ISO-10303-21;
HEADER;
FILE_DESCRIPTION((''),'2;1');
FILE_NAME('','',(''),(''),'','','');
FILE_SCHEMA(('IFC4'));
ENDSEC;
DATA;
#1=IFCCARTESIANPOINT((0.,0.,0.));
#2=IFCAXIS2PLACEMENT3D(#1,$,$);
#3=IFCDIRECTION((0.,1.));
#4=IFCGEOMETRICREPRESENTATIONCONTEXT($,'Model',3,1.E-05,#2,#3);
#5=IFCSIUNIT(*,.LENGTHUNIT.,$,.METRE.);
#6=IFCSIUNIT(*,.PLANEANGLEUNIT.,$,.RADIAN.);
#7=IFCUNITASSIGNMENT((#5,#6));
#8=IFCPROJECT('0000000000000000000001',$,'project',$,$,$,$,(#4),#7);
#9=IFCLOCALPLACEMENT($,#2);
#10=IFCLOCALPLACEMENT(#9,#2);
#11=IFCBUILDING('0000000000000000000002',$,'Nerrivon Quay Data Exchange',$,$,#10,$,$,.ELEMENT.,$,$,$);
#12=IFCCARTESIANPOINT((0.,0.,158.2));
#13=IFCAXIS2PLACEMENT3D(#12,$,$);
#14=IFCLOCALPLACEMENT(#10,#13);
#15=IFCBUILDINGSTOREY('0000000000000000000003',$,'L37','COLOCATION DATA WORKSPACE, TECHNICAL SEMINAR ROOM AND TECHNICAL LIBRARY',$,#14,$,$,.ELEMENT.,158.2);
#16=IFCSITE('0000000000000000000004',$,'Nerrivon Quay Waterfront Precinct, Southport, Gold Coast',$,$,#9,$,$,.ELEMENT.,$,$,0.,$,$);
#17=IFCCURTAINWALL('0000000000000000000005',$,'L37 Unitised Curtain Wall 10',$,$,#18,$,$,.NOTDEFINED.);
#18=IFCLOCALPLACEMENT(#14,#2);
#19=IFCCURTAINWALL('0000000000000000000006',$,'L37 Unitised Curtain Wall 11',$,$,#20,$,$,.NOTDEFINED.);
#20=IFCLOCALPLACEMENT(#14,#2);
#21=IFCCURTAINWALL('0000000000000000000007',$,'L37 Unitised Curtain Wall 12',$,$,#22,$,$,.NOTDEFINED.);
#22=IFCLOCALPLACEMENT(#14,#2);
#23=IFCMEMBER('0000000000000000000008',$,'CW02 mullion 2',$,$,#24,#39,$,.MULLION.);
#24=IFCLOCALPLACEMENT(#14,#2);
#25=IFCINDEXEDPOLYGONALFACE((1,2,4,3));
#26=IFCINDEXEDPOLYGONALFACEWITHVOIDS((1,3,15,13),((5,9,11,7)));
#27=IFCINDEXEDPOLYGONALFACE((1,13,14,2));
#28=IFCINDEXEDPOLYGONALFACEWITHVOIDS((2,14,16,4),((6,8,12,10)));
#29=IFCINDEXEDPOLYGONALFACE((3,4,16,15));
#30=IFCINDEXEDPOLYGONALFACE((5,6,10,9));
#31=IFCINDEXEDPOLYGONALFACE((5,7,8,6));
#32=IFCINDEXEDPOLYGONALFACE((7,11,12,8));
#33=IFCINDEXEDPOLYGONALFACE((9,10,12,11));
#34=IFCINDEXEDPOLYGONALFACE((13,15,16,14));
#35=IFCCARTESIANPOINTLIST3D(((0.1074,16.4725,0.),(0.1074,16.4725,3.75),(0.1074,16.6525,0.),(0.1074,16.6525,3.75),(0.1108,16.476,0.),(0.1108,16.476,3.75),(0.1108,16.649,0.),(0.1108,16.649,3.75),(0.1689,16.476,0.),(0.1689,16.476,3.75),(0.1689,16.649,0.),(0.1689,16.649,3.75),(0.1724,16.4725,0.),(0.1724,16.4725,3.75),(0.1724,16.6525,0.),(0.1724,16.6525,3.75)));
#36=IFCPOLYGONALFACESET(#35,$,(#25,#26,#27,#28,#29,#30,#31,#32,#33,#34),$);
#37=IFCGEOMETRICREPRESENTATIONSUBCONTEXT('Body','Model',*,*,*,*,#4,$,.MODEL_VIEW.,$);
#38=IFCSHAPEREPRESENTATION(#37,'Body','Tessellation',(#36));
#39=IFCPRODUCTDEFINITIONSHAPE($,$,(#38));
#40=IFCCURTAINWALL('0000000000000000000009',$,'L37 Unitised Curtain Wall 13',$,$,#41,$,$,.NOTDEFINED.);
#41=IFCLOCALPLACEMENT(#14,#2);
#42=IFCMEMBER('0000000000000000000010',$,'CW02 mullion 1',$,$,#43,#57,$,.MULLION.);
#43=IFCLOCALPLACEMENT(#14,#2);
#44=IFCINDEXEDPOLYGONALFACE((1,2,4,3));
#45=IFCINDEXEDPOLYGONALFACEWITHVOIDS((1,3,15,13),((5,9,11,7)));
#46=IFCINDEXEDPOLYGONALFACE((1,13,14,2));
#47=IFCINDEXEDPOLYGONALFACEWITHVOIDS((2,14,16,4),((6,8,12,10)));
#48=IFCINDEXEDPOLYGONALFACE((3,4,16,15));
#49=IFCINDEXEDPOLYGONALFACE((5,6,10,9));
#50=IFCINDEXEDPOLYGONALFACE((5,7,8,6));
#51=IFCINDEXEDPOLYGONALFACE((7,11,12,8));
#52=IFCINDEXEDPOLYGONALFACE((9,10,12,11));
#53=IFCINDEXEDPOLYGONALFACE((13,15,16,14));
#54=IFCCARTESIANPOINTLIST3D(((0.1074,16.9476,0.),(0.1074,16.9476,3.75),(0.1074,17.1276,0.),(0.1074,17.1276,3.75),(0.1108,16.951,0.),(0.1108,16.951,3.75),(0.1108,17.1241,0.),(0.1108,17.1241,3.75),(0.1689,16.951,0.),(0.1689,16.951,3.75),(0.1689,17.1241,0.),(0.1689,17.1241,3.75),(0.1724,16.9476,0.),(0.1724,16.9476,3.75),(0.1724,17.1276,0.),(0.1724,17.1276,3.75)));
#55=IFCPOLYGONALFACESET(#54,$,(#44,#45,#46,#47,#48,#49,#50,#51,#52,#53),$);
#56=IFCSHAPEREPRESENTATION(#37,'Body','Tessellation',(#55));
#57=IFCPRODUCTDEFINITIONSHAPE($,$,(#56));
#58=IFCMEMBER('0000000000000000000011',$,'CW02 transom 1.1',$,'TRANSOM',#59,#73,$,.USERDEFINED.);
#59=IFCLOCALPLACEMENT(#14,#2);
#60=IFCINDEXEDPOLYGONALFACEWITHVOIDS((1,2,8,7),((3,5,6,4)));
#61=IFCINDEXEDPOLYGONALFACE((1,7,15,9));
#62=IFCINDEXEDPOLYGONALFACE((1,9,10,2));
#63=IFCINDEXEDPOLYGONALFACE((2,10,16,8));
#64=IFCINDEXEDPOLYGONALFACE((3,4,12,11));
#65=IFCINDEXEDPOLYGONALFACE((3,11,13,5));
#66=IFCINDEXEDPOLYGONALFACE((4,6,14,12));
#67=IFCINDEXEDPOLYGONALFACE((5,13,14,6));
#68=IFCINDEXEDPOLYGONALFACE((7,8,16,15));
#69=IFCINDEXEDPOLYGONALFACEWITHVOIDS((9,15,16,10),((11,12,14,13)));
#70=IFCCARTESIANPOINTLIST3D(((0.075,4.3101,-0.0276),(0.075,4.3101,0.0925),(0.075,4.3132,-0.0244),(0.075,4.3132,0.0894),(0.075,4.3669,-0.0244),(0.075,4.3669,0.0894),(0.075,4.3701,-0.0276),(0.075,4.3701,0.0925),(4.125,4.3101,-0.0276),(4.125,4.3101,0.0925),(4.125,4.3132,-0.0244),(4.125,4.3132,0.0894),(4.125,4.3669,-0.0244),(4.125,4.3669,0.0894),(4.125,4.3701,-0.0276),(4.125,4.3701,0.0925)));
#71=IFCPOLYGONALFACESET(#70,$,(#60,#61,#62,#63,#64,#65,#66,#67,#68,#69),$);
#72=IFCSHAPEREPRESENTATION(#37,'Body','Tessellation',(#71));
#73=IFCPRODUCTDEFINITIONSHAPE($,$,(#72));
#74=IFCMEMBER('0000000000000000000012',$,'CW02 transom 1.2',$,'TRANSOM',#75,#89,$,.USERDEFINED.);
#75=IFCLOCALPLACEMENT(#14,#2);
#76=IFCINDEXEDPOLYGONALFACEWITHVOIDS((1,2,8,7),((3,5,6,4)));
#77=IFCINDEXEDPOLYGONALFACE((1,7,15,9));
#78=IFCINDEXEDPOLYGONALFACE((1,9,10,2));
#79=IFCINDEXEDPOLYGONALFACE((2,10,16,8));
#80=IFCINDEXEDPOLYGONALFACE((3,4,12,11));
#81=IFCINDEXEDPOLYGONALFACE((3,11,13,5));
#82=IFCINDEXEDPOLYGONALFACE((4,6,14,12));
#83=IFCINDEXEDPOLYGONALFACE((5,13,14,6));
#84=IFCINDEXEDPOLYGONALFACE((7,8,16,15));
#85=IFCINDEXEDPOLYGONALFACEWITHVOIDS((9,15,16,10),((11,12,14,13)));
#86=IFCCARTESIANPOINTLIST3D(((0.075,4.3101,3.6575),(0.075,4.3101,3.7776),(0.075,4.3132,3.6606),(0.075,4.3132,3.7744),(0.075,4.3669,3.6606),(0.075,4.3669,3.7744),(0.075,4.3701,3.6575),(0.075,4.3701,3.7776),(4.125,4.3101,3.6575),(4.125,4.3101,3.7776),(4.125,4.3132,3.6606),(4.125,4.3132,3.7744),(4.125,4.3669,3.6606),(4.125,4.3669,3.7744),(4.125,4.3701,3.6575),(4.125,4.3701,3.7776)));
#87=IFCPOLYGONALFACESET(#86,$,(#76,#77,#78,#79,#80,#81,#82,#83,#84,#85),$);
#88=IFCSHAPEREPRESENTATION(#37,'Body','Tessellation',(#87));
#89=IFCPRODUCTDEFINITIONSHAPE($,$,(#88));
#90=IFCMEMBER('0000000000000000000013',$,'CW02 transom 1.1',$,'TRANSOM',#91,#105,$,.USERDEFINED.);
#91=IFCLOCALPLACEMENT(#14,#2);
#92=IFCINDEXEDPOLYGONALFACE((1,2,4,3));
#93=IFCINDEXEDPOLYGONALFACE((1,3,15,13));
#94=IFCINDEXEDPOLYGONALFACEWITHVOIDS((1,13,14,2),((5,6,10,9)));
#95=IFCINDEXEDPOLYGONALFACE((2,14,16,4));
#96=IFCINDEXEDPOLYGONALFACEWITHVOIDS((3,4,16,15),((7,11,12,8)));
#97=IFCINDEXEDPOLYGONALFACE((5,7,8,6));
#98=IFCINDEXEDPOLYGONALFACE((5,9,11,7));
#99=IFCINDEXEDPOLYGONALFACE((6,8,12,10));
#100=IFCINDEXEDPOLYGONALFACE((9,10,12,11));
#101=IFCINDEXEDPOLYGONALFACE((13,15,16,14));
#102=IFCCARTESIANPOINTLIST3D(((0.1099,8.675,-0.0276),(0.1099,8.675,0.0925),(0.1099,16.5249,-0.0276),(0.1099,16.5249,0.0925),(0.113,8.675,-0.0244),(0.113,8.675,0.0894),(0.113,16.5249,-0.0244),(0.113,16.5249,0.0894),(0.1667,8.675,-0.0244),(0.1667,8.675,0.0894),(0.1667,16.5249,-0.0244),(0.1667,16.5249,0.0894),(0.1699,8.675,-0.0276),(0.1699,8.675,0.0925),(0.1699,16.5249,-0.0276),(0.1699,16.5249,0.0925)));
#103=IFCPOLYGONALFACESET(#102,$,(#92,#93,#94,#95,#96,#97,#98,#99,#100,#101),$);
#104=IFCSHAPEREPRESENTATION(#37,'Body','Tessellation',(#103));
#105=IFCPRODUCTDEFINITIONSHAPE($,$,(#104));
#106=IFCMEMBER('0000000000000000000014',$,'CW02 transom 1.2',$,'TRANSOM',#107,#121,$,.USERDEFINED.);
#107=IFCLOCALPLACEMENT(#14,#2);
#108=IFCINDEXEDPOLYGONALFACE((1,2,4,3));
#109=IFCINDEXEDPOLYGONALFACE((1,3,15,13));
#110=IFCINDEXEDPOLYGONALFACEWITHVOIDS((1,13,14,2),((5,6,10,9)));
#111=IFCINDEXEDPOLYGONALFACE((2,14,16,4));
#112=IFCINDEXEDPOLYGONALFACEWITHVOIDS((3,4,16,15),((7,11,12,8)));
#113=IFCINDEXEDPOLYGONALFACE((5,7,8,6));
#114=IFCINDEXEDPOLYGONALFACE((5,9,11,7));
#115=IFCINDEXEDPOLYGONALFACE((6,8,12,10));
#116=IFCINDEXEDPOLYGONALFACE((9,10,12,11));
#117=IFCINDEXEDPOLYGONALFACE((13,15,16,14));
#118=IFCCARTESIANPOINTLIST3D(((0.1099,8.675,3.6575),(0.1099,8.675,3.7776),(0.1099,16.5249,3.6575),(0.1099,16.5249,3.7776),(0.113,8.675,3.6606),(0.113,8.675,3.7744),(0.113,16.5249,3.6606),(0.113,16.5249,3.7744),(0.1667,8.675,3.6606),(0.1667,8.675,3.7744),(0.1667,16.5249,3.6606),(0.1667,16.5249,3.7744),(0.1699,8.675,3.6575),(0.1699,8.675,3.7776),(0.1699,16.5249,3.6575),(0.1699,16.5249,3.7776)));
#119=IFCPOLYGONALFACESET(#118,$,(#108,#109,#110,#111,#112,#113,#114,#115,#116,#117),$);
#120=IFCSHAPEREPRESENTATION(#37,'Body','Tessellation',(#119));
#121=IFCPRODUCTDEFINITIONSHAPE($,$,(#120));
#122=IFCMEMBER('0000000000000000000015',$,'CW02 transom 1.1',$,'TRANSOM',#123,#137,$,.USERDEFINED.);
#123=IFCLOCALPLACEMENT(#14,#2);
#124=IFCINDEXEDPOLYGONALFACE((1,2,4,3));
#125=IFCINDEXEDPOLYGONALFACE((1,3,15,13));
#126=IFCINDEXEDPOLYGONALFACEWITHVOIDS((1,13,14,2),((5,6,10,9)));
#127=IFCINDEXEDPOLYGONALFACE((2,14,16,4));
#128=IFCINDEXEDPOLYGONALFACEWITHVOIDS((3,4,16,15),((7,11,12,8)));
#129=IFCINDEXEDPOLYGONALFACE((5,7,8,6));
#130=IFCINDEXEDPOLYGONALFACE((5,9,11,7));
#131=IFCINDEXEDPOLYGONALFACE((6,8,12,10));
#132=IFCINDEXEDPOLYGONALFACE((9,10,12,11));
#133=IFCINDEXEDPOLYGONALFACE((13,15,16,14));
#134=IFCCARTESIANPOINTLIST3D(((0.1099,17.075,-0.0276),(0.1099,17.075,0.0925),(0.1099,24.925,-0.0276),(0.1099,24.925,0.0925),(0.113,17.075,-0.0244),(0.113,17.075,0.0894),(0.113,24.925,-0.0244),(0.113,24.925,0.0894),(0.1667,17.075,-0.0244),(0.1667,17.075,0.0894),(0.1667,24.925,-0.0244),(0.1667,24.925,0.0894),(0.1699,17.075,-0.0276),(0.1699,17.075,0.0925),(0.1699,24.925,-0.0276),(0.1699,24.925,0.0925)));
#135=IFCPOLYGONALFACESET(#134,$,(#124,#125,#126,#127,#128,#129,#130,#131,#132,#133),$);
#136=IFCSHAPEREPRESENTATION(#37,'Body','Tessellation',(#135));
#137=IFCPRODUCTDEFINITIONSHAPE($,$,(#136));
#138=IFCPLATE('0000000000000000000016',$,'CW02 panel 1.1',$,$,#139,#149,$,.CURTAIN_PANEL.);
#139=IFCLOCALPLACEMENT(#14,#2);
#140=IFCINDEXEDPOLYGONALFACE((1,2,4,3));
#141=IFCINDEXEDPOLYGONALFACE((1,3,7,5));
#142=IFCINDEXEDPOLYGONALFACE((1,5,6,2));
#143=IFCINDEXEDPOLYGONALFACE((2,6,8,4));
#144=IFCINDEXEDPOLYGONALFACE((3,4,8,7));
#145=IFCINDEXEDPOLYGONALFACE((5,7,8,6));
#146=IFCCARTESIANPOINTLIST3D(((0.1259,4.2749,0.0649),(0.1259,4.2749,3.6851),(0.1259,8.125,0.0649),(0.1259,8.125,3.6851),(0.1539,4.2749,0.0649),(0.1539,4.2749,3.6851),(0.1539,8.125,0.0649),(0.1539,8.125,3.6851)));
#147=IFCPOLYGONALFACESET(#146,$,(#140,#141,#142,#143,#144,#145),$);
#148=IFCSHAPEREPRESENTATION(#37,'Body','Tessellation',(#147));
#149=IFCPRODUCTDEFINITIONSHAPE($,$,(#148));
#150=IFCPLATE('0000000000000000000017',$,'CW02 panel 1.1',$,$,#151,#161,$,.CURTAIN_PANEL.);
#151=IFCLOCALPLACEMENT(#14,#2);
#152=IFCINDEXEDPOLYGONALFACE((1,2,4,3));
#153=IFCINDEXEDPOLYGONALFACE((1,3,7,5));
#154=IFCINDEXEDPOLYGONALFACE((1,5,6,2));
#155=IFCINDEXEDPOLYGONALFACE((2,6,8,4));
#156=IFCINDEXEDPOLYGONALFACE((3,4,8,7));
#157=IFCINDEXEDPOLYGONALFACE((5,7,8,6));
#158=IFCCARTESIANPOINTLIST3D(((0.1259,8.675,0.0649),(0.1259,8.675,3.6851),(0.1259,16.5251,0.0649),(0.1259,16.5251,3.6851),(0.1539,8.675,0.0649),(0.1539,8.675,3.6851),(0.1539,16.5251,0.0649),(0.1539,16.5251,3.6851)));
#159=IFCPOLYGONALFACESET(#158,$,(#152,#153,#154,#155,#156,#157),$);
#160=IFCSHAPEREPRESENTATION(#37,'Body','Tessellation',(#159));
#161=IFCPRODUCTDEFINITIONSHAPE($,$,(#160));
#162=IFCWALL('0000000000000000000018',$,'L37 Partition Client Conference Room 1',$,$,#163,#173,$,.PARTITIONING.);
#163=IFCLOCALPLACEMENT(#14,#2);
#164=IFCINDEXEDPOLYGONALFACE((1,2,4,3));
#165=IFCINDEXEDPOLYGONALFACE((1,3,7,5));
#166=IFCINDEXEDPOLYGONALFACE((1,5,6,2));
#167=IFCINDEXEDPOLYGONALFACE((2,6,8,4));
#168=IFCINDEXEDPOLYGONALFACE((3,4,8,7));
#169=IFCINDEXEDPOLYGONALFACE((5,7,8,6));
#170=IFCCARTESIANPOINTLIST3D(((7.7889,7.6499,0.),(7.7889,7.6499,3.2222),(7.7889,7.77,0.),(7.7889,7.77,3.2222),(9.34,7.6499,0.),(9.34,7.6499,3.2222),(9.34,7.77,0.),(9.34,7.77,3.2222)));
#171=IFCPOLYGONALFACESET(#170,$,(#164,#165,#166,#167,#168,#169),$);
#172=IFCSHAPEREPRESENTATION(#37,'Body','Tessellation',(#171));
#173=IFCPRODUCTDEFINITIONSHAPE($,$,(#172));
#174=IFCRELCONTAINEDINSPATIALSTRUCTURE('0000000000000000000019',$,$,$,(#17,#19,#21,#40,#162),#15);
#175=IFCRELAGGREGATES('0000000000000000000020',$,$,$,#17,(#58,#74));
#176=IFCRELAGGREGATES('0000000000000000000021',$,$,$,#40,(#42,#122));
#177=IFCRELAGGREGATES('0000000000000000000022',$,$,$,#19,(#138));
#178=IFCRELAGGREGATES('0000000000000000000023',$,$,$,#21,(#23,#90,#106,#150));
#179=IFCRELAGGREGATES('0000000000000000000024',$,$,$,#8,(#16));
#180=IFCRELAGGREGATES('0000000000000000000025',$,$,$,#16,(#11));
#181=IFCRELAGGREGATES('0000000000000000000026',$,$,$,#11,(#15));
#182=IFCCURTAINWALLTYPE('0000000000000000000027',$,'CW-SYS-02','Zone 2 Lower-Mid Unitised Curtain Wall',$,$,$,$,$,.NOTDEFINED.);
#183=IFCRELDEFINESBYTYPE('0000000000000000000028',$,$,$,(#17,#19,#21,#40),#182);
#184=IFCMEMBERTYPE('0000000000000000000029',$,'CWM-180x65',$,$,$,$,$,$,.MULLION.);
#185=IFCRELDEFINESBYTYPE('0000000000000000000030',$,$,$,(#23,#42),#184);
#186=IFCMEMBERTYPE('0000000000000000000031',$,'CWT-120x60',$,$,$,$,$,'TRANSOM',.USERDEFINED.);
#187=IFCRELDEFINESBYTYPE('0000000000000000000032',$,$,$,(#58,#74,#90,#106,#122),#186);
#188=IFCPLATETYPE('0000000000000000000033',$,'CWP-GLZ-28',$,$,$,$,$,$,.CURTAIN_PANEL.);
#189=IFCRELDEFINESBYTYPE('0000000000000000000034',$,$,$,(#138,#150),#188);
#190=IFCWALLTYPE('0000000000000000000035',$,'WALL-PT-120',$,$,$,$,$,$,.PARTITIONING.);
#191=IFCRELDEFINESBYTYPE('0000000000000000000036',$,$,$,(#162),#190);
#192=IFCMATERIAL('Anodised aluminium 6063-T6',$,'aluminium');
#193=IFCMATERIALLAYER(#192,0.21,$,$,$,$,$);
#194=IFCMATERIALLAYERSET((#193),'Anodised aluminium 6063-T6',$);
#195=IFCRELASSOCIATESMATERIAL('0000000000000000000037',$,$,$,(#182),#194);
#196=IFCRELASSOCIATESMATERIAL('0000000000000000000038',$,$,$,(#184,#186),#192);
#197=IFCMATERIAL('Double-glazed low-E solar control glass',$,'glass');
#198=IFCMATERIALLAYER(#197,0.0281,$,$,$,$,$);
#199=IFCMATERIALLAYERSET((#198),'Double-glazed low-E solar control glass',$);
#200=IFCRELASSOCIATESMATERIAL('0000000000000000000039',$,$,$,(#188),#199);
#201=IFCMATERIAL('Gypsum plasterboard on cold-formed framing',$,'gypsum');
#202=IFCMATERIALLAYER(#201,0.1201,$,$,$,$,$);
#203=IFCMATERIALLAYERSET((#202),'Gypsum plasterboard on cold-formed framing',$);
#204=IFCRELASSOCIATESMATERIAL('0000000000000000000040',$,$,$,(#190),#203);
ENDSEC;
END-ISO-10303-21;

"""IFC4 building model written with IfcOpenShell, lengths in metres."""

from ifc_helpers import new_model, si_unit, direction, frame, frame_2d, origin, origin_2d, place, context, subcontext, project, spatial, rectangle, hollow_rectangle, extrude, material, layer, layer_set, material_profile, profile_set, type_object, element, aggregate, save


model = new_model("IFC4")

# Units and contexts
model_context = context("Model", 3, precision=1e-05, world=origin(), true_north=direction((0.0, 1.0)))
body_context = subcontext(model_context, "Body", "Model", "MODEL_VIEW")
ifc_project = project(units=[si_unit("LENGTHUNIT", "METRE"), si_unit("PLANEANGLEUNIT", "RADIAN")], contexts=[model_context])

# Site, building, storey
site_placement = place(None, origin())
site = spatial("IfcSite", under=ifc_project, at=site_placement, Name="Nerrivon Quay Waterfront Precinct, Southport, Gold Coast", CompositionType="ELEMENT", RefElevation=0.0)
building_placement = place(site_placement, origin())
building = spatial("IfcBuilding", under=site, at=building_placement, Name="Nerrivon Quay Data Exchange", CompositionType="ELEMENT")
storey_placement = place(building_placement, frame((0.0, 0.0, 158.2)))
storey = spatial("IfcBuildingStorey", under=building, at=storey_placement, Name="L37", Description="COLOCATION DATA WORKSPACE, TECHNICAL SEMINAR ROOM AND TECHNICAL LIBRARY", CompositionType="ELEMENT", Elevation=158.2)

# Curtain walls
ifc_material_1 = material(Name="Anodised aluminium 6063-T6", Category="aluminium")
ifc_layer_1 = layer(ifc_material_1, 0.21)
ifc_layer_set_1 = layer_set([ifc_layer_1], Name="Anodised aluminium 6063-T6")
curtain_wall_type = type_object("IfcCurtainWallType", Name="CW-SYS-02", Description="Zone 2 Lower-Mid Unitised Curtain Wall", PredefinedType="NOTDEFINED", material=ifc_layer_set_1)
curtain_wall_1_placement = place(storey_placement, origin())
curtain_wall_1 = element("IfcCurtainWall", 1, at=curtain_wall_1_placement, inside=storey, type_object=curtain_wall_type, Name="L37 Unitised Curtain Wall 10", PredefinedType="NOTDEFINED")
ifc_material_profile_1 = material_profile(ifc_material_1, hollow_rectangle(XDim=0.0649, YDim=0.1799, WallThickness=0.0034, at=origin_2d()), Name="ALU-MULL-180x65")
ifc_profile_set_1 = profile_set([ifc_material_profile_1], Name="Anodised aluminium 6063-T6")
member_type_1 = type_object("IfcMemberType", Name="CWM-180x65", PredefinedType="MULLION", material=ifc_profile_set_1)
curtain_wall_2_placement = place(storey_placement, origin())
curtain_wall_2 = element("IfcCurtainWall", 2, at=curtain_wall_2_placement, inside=storey, type_object=curtain_wall_type, Name="L37 Unitised Curtain Wall 11", PredefinedType="NOTDEFINED")

# Curtain wall, member
curtain_wall_3_placement = place(storey_placement, origin())
curtain_wall_3 = element("IfcCurtainWall", 3, at=curtain_wall_3_placement, inside=storey, type_object=curtain_wall_type, Name="L37 Unitised Curtain Wall 12", PredefinedType="NOTDEFINED")
member_1_placement = place(storey_placement, frame((0.1399, 16.5625, 0.0), z_axis=(0.0, 0.0, 1.0), x_axis=(-1.0, 0.0, 0.0)))
member_1 = element("IfcMember", 4, at=member_1_placement, type_object=member_type_1, Name="CW02 mullion 2", PredefinedType="MULLION", context=body_context, shape_type="SweptSolid", body=[
    extrude(hollow_rectangle(XDim=0.0649, YDim=0.1799, WallThickness=0.0034, at=origin_2d()), origin(), (0.0, 0.0, 1.0), 3.75),
])

# Curtain wall, member
curtain_wall_4_placement = place(storey_placement, origin())
curtain_wall_4 = element("IfcCurtainWall", 5, at=curtain_wall_4_placement, inside=storey, type_object=curtain_wall_type, Name="L37 Unitised Curtain Wall 13", PredefinedType="NOTDEFINED")
member_2_placement = place(storey_placement, frame((0.1399, 17.0376, 0.0), z_axis=(0.0, 0.0, 1.0), x_axis=(-1.0, 0.0, 0.0)))
member_2 = element("IfcMember", 6, at=member_2_placement, type_object=member_type_1, Name="CW02 mullion 1", PredefinedType="MULLION", context=body_context, shape_type="SweptSolid", body=[
    extrude(hollow_rectangle(XDim=0.0649, YDim=0.1799, WallThickness=0.0034, at=origin_2d()), origin(), (0.0, 0.0, 1.0), 3.75),
])

# Members
ifc_material_profile_2 = material_profile(ifc_material_1, hollow_rectangle(XDim=0.0601, YDim=0.1201, WallThickness=0.0032, at=origin_2d()), Name="ALU-TRAN-120x60")
ifc_profile_set_2 = profile_set([ifc_material_profile_2], Name="Anodised aluminium 6063-T6")
member_type_2 = type_object("IfcMemberType", Name="CWT-120x60", ElementType="TRANSOM", PredefinedType="USERDEFINED", material=ifc_profile_set_2)
member_3_placement = place(storey_placement, frame((4.125, 4.3401, 0.0325), z_axis=(-1.0, 0.0, 0.0), x_axis=(0.0, -1.0, 0.0)))
member_3 = element("IfcMember", 7, at=member_3_placement, type_object=member_type_2, Name="CW02 transom 1.1", ObjectType="TRANSOM", PredefinedType="USERDEFINED", context=body_context, shape_type="SweptSolid", body=[
    extrude(hollow_rectangle(XDim=0.0601, YDim=0.1201, WallThickness=0.0032, at=origin_2d()), origin(), (0.0, 0.0, 1.0), 4.05),
])
member_4_placement = place(storey_placement, frame((4.125, 4.3401, 3.7175), z_axis=(-1.0, 0.0, 0.0), x_axis=(0.0, -1.0, 0.0)))
member_4 = element("IfcMember", 8, at=member_4_placement, type_object=member_type_2, Name="CW02 transom 1.2", ObjectType="TRANSOM", PredefinedType="USERDEFINED", context=body_context, shape_type="SweptSolid", body=[
    extrude(hollow_rectangle(XDim=0.0601, YDim=0.1201, WallThickness=0.0032, at=origin_2d()), origin(), (0.0, 0.0, 1.0), 4.05),
])
aggregate(curtain_wall_1, [member_3, member_4])
member_5_placement = place(storey_placement, frame((0.1399, 8.675, 0.0325), z_axis=(0.0, 1.0, 0.0), x_axis=(-1.0, 0.0, 0.0)))
member_5 = element("IfcMember", 9, at=member_5_placement, type_object=member_type_2, Name="CW02 transom 1.1", ObjectType="TRANSOM", PredefinedType="USERDEFINED", context=body_context, shape_type="SweptSolid", body=[
    extrude(hollow_rectangle(XDim=0.0601, YDim=0.1201, WallThickness=0.0032, at=origin_2d()), origin(), (0.0, 0.0, 1.0), 7.8499),
])
member_6_placement = place(storey_placement, frame((0.1399, 8.675, 3.7175), z_axis=(0.0, 1.0, 0.0), x_axis=(-1.0, 0.0, 0.0)))
member_6 = element("IfcMember", 10, at=member_6_placement, type_object=member_type_2, Name="CW02 transom 1.2", ObjectType="TRANSOM", PredefinedType="USERDEFINED", context=body_context, shape_type="SweptSolid", body=[
    extrude(hollow_rectangle(XDim=0.0601, YDim=0.1201, WallThickness=0.0032, at=origin_2d()), origin(), (0.0, 0.0, 1.0), 7.8499),
])
member_7_placement = place(storey_placement, frame((0.1399, 17.075, 0.0325), z_axis=(0.0, 1.0, 0.0), x_axis=(-1.0, 0.0, 0.0)))
member_7 = element("IfcMember", 11, at=member_7_placement, type_object=member_type_2, Name="CW02 transom 1.1", ObjectType="TRANSOM", PredefinedType="USERDEFINED", context=body_context, shape_type="SweptSolid", body=[
    extrude(hollow_rectangle(XDim=0.0601, YDim=0.1201, WallThickness=0.0032, at=origin_2d()), origin(), (0.0, 0.0, 1.0), 7.8501),
])
aggregate(curtain_wall_4, [member_2, member_7])

# Plates
ifc_material_2 = material(Name="Double-glazed low-E solar control glass", Category="glass")
ifc_layer_2 = layer(ifc_material_2, 0.0281)
ifc_layer_set_2 = layer_set([ifc_layer_2], Name="Double-glazed low-E solar control glass")
plate_type = type_object("IfcPlateType", Name="CWP-GLZ-28", PredefinedType="CURTAIN_PANEL", material=ifc_layer_set_2)
plate_1_placement = place(storey_placement, frame((0.1399, 6.2, 0.0649), z_axis=(0.0, 0.0, 1.0), x_axis=(0.0, 1.0, 0.0)))
plate_1 = element("IfcPlate", 12, at=plate_1_placement, type_object=plate_type, Name="CW02 panel 1.1", PredefinedType="CURTAIN_PANEL", context=body_context, shape_type="SweptSolid", body=[
    extrude(rectangle(XDim=3.8501, YDim=0.0281, at=origin_2d()), origin(), (0.0, 0.0, 1.0), 3.6201),
])
aggregate(curtain_wall_2, [plate_1])
plate_2_placement = place(storey_placement, frame((0.1399, 12.6001, 0.0649), z_axis=(0.0, 0.0, 1.0), x_axis=(0.0, 1.0, 0.0)))
plate_2 = element("IfcPlate", 13, at=plate_2_placement, type_object=plate_type, Name="CW02 panel 1.1", PredefinedType="CURTAIN_PANEL", context=body_context, shape_type="SweptSolid", body=[
    extrude(rectangle(XDim=7.8501, YDim=0.0281, at=origin_2d()), origin(), (0.0, 0.0, 1.0), 3.6201),
])
aggregate(curtain_wall_3, [member_1, member_5, member_6, plate_2])

# Wall
ifc_material_3 = material(Name="Gypsum plasterboard on cold-formed framing", Category="gypsum")
ifc_layer_3 = layer(ifc_material_3, 0.1201)
ifc_layer_set_3 = layer_set([ifc_layer_3], Name="Gypsum plasterboard on cold-formed framing")
wall_type_1 = type_object("IfcWallType", Name="WALL-PT-120", PredefinedType="PARTITIONING", material=ifc_layer_set_3)
wall_1_placement = place(storey_placement, frame((7.7891, 7.71, 0.0), z_axis=(0.0, 0.0, 1.0), x_axis=(1.0, 0.0, 0.0)))
element("IfcWall", 14, at=wall_1_placement, inside=storey, type_object=wall_type_1, Name="L37 Partition Client Conference Room 1", PredefinedType="PARTITIONING", context=body_context, shape_type="SweptSolid", body=[
    extrude(rectangle(XDim=1.551, YDim=0.1201, at=frame_2d((0.7754, 0.0))), origin(), (0.0, 0.0, 1.0), 3.2222),
])

save(model, "model.ifc")
